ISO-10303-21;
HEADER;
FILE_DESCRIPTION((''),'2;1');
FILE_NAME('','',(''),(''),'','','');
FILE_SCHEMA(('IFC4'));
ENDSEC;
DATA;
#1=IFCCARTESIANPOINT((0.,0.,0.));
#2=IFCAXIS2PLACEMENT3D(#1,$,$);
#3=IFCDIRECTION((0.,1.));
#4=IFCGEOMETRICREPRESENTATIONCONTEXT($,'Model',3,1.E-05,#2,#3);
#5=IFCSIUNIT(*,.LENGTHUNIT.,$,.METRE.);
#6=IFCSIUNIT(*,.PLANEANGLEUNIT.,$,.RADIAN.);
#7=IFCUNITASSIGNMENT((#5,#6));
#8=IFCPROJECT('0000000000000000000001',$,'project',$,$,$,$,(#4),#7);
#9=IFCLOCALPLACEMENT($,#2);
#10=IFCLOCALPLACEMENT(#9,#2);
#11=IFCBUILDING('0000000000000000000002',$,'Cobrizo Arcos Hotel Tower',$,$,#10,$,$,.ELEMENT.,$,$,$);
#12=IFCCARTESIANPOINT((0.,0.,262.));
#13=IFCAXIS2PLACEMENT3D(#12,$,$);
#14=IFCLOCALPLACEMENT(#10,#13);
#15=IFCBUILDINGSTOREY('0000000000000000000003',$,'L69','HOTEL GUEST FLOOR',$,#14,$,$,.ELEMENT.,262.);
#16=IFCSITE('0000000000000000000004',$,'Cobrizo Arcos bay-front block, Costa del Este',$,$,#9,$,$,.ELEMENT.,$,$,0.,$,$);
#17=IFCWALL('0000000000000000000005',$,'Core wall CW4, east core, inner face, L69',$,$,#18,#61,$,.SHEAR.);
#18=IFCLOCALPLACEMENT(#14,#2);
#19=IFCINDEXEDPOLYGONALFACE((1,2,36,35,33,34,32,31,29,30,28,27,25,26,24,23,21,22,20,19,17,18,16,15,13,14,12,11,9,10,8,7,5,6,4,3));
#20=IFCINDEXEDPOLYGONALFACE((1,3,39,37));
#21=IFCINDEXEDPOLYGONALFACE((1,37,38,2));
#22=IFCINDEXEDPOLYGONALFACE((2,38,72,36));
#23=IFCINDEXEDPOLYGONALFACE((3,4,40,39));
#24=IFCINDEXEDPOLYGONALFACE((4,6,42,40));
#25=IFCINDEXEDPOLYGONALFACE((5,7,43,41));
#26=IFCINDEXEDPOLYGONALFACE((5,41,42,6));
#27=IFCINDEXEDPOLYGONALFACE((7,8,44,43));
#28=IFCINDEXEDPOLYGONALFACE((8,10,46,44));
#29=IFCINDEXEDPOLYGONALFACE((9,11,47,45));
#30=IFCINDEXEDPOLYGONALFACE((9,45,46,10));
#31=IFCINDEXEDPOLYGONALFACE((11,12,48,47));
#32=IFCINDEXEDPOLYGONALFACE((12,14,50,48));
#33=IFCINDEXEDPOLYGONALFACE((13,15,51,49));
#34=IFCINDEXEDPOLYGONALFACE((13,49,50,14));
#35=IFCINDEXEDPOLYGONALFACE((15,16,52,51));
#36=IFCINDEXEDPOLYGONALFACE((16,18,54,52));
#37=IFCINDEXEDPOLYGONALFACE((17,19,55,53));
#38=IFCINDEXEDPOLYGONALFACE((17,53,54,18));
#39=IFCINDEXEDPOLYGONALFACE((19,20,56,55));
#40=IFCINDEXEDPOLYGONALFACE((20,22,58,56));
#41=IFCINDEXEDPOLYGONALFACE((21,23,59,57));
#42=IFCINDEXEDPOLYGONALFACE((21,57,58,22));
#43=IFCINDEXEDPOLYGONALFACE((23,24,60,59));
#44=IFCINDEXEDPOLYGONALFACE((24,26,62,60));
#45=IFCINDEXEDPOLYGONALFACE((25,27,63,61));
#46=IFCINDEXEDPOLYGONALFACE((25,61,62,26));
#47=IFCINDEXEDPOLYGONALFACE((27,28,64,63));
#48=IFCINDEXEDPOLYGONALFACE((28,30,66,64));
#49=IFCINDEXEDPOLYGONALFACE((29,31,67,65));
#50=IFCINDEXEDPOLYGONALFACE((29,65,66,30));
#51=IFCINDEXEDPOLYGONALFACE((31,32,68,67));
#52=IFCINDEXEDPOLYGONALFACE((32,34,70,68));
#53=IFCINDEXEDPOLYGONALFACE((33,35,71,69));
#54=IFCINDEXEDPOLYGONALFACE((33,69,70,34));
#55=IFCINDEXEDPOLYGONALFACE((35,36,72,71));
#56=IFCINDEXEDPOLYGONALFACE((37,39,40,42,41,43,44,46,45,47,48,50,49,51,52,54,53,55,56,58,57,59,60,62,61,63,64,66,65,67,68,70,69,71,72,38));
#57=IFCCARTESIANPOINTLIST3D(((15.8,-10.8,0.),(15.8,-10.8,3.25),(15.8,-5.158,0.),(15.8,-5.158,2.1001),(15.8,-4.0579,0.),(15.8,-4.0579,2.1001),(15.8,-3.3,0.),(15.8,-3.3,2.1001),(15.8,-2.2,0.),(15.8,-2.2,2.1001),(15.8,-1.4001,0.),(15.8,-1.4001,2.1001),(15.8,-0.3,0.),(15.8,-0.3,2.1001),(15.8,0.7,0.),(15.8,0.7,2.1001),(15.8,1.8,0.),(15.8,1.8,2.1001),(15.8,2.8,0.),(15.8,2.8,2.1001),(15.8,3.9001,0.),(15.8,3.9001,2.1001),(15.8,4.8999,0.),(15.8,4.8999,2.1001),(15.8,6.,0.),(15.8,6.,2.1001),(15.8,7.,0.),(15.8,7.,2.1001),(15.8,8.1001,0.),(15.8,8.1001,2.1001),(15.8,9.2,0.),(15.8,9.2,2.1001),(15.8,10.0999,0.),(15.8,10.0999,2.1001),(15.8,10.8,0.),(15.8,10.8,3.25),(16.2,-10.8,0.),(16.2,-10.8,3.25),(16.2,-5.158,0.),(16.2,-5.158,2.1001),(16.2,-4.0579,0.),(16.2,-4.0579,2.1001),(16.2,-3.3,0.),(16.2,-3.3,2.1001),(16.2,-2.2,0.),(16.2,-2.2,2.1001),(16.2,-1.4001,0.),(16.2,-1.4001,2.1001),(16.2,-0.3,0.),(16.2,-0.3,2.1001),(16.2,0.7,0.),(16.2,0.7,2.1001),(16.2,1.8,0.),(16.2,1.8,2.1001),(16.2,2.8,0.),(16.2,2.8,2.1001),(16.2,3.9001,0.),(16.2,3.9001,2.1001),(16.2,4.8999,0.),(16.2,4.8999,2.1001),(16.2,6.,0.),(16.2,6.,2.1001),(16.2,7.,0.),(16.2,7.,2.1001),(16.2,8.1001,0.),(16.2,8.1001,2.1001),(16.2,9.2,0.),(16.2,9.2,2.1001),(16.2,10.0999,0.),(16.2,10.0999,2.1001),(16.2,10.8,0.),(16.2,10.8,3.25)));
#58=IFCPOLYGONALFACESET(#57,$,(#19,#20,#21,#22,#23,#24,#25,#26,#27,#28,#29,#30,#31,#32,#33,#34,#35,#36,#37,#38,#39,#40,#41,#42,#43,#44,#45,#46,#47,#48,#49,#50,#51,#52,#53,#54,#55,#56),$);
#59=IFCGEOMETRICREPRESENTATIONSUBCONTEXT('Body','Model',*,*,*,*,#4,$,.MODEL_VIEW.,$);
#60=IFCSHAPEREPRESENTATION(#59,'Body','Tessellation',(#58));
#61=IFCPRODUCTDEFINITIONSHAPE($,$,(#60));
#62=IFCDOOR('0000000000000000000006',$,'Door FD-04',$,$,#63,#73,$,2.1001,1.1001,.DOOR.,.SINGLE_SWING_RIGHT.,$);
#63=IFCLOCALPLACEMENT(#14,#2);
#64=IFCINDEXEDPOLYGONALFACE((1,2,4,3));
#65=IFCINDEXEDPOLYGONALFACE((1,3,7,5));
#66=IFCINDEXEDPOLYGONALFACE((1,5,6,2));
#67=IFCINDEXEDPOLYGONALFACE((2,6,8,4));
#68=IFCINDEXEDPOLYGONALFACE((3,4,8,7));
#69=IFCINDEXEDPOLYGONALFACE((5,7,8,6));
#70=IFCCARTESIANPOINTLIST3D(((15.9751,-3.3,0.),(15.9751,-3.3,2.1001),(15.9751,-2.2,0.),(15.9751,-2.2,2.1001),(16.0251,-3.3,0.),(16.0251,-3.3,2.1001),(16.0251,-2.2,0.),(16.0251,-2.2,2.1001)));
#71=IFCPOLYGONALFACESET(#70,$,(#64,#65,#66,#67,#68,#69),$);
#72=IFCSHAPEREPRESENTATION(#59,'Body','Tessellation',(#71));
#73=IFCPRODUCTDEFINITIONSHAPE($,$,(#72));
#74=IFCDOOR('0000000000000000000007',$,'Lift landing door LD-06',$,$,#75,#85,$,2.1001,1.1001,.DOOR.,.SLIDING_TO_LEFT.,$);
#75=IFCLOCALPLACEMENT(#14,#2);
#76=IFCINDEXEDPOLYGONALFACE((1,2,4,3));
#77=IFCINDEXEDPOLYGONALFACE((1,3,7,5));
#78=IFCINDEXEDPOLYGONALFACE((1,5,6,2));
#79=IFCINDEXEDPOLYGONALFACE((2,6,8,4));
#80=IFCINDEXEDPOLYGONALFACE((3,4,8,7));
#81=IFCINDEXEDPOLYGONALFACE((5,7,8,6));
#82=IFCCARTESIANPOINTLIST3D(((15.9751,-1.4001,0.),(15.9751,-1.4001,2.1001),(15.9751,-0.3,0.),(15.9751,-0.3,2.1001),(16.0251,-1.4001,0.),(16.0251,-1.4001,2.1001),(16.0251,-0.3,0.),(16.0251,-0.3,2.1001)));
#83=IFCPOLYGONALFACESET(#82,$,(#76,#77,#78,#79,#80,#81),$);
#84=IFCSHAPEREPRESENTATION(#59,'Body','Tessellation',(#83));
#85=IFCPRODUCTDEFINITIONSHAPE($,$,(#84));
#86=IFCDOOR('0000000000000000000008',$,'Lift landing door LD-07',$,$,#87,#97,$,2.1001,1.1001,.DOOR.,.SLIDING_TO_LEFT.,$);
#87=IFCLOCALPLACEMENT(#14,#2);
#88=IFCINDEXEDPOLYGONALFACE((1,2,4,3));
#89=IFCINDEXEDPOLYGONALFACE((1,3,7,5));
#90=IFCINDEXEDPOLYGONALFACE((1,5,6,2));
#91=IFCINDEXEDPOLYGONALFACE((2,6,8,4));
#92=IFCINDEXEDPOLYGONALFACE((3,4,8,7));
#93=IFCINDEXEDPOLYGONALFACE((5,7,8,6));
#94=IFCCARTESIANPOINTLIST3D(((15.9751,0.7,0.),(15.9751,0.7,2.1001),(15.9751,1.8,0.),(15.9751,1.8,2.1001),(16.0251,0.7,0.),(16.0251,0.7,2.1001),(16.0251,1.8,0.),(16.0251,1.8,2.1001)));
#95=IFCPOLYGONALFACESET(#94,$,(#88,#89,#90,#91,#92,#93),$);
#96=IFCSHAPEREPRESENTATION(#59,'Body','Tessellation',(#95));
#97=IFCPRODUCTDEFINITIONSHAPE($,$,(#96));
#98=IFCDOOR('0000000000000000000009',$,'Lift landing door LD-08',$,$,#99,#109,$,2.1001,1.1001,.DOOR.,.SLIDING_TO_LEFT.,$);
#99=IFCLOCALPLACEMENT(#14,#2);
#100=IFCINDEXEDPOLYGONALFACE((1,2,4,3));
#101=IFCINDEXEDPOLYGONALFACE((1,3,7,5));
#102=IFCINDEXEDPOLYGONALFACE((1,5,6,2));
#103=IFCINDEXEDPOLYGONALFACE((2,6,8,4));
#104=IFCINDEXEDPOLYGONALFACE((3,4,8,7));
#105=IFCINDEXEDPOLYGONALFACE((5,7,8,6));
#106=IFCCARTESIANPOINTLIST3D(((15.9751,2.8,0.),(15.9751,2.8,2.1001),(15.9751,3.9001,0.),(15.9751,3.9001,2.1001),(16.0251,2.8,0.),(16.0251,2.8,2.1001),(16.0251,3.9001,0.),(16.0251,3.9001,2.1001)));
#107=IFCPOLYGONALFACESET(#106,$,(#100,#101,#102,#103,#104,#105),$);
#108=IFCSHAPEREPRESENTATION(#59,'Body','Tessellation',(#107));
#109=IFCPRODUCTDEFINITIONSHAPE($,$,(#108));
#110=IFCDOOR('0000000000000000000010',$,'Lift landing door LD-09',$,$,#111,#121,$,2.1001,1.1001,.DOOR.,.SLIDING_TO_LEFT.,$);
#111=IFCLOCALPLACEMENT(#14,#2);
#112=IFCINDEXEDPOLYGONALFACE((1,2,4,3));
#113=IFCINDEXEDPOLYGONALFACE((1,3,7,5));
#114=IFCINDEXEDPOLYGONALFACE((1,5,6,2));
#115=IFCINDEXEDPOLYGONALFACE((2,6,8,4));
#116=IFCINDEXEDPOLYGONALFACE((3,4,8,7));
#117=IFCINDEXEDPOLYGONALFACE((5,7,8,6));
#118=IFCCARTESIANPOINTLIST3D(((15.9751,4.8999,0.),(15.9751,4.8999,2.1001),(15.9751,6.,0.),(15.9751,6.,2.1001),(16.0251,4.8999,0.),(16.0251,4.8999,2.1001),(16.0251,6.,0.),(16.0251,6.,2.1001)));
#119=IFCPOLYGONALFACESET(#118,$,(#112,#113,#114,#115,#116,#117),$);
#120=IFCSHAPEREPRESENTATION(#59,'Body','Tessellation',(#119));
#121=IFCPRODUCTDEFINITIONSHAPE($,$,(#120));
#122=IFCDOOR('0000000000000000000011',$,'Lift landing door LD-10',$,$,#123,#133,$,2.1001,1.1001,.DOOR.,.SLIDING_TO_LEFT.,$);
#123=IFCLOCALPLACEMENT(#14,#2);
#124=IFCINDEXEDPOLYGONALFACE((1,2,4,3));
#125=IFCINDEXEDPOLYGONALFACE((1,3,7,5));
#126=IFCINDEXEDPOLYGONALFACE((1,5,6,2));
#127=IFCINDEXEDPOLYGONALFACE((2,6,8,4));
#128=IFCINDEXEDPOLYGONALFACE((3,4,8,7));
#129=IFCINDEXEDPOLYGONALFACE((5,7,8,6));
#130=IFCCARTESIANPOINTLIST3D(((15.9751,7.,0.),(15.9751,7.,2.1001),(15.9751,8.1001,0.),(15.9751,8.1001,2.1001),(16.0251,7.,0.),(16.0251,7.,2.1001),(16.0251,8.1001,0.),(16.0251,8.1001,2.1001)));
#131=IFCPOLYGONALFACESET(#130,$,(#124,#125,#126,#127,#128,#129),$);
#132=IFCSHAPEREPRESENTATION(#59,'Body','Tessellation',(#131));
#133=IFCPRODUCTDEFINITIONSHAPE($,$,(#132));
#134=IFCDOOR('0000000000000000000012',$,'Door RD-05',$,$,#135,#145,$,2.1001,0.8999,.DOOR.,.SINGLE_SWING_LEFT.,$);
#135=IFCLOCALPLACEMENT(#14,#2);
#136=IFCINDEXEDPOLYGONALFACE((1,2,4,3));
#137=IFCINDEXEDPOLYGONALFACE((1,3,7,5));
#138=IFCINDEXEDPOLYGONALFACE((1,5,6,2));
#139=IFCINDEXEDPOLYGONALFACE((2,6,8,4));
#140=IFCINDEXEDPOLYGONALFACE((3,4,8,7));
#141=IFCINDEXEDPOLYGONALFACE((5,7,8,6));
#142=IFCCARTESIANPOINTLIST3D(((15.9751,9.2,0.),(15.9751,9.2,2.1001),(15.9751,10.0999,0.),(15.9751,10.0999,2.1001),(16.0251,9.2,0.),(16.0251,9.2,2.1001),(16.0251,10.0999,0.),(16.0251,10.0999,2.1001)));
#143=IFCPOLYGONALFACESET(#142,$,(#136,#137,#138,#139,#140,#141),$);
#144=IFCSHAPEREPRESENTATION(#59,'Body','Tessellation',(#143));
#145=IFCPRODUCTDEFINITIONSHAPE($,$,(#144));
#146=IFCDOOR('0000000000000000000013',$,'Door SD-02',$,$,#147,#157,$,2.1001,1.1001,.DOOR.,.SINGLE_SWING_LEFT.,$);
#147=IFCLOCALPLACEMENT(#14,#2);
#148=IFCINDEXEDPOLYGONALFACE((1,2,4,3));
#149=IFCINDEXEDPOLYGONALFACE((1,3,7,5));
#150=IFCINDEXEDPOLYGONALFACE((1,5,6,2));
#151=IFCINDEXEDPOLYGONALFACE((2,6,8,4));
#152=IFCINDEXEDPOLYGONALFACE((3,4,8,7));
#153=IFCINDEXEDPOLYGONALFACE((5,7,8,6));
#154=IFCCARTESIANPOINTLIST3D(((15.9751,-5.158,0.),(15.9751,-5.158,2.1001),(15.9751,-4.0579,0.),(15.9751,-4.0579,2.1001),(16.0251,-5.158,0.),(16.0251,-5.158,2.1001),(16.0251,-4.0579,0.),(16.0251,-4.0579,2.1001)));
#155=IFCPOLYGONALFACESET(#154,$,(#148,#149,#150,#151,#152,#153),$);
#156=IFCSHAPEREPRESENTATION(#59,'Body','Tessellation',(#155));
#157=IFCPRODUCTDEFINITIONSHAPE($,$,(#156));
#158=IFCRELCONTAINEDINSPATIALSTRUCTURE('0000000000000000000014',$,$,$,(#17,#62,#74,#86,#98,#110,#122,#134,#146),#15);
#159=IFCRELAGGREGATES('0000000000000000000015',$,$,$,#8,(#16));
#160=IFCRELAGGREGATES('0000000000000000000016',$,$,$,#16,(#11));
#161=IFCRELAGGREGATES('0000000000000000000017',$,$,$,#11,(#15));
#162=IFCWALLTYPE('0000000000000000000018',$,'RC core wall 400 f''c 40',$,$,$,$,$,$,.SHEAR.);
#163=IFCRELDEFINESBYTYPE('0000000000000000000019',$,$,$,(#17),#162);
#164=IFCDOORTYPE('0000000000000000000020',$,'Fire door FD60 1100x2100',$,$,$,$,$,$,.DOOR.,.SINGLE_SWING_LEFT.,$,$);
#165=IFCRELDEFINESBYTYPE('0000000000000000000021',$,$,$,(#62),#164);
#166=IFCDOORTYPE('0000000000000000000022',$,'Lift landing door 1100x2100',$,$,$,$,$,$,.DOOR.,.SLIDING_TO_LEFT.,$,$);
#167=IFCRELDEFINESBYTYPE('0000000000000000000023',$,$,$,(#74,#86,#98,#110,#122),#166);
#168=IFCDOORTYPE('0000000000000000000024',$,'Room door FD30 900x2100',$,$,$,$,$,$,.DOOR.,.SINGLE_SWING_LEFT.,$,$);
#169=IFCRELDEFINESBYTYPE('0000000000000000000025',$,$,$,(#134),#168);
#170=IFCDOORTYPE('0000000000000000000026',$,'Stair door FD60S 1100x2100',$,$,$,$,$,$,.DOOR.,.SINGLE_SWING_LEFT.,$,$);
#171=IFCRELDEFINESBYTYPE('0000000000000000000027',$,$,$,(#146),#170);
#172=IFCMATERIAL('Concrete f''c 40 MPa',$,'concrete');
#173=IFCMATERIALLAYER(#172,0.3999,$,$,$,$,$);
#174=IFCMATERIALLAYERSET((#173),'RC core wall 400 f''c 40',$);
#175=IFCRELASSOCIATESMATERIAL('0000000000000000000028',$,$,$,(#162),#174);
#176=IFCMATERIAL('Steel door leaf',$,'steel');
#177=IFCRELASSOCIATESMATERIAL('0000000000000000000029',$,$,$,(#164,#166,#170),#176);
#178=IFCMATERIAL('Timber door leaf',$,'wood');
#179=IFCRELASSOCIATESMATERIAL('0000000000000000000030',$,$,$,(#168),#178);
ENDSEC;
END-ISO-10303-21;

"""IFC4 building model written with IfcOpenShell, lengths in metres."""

from ifc_helpers import new_model, si_unit, direction, frame, frame_2d, origin, place, context, subcontext, project, spatial, rectangle, extrude, material, layer, layer_set, type_object, element, fill, save


model = new_model("IFC4")

# Units and contexts
model_context = context("Model", 3, precision=1e-05, world=origin(), true_north=direction((0.0, 1.0)))
body_context = subcontext(model_context, "Body", "Model", "MODEL_VIEW")
ifc_project = project(units=[si_unit("LENGTHUNIT", "METRE"), si_unit("PLANEANGLEUNIT", "RADIAN")], contexts=[model_context])

# Site, building, storey
site_placement = place(None, origin())
site = spatial("IfcSite", under=ifc_project, at=site_placement, Name="Cobrizo Arcos bay-front block, Costa del Este", CompositionType="ELEMENT", RefElevation=0.0)
building_placement = place(site_placement, origin())
building = spatial("IfcBuilding", under=site, at=building_placement, Name="Cobrizo Arcos Hotel Tower", CompositionType="ELEMENT")
storey_placement = place(building_placement, frame((0.0, 0.0, 262.0)))
storey = spatial("IfcBuildingStorey", under=building, at=storey_placement, Name="L69", Description="HOTEL GUEST FLOOR", CompositionType="ELEMENT", Elevation=262.0)

# Wall, openings, doors
ifc_material_1 = material(Name="Concrete f'c 40 MPa", Category="concrete")
ifc_layer_1 = layer(ifc_material_1, 0.3999)
ifc_layer_set_1 = layer_set([ifc_layer_1], Name="RC core wall 400 f'c 40")
wall_type_1 = type_object("IfcWallType", Name="RC core wall 400 f'c 40", PredefinedType="SHEAR", material=ifc_layer_set_1)
wall_1_placement = place(storey_placement, frame((16.0, -10.8, 0.0), z_axis=(0.0, 0.0, 1.0), x_axis=(0.0, 1.0, 0.0)))
wall_1 = element("IfcWall", 1, at=wall_1_placement, inside=storey, type_object=wall_type_1, Name="Core wall CW4, east core, inner face, L69", PredefinedType="SHEAR", context=body_context, shape_type="SweptSolid", body=[
    extrude(rectangle(XDim=21.6001, YDim=0.3999, at=frame_2d((10.8, 0.0))), origin(), (0.0, 0.0, 1.0), 3.25),
])
opening_1_placement = place(wall_1_placement, frame((9.3999, 0.0, 0.0)))
opening_1 = element("IfcOpeningElement", 2, at=opening_1_placement, cuts=wall_1, PredefinedType="OPENING", context=body_context, shape_type="SweptSolid", body=[
    extrude(rectangle(XDim=1.1001, YDim=2.1001, at=frame_2d((0.55, 1.05))), frame((0.0, 0.2119, 0.0), z_axis=(0.0, -1.0, 0.0), x_axis=(1.0, 0.0, 0.0)), (0.0, 0.0, 1.0), 0.4238),
])
opening_2_placement = place(wall_1_placement, frame((11.5, 0.0, 0.0)))
opening_2 = element("IfcOpeningElement", 3, at=opening_2_placement, cuts=wall_1, PredefinedType="OPENING", context=body_context, shape_type="SweptSolid", body=[
    extrude(rectangle(XDim=1.1001, YDim=2.1001, at=frame_2d((0.55, 1.05))), frame((0.0, 0.2119, 0.0), z_axis=(0.0, -1.0, 0.0), x_axis=(1.0, 0.0, 0.0)), (0.0, 0.0, 1.0), 0.4238),
])
opening_3_placement = place(wall_1_placement, frame((13.6001, 0.0, 0.0)))
opening_3 = element("IfcOpeningElement", 4, at=opening_3_placement, cuts=wall_1, PredefinedType="OPENING", context=body_context, shape_type="SweptSolid", body=[
    extrude(rectangle(XDim=1.1001, YDim=2.1001, at=frame_2d((0.55, 1.05))), frame((0.0, 0.2119, 0.0), z_axis=(0.0, -1.0, 0.0), x_axis=(1.0, 0.0, 0.0)), (0.0, 0.0, 1.0), 0.4238),
])
opening_4_placement = place(wall_1_placement, frame((15.7, 0.0, 0.0)))
opening_4 = element("IfcOpeningElement", 5, at=opening_4_placement, cuts=wall_1, PredefinedType="OPENING", context=body_context, shape_type="SweptSolid", body=[
    extrude(rectangle(XDim=1.1001, YDim=2.1001, at=frame_2d((0.55, 1.05))), frame((0.0, 0.2119, 0.0), z_axis=(0.0, -1.0, 0.0), x_axis=(1.0, 0.0, 0.0)), (0.0, 0.0, 1.0), 0.4238),
])
opening_5_placement = place(wall_1_placement, frame((17.8, 0.0, 0.0)))
opening_5 = element("IfcOpeningElement", 6, at=opening_5_placement, cuts=wall_1, PredefinedType="OPENING", context=body_context, shape_type="SweptSolid", body=[
    extrude(rectangle(XDim=1.1001, YDim=2.1001, at=frame_2d((0.55, 1.05))), frame((0.0, 0.2119, 0.0), z_axis=(0.0, -1.0, 0.0), x_axis=(1.0, 0.0, 0.0)), (0.0, 0.0, 1.0), 0.4238),
])
opening_6_placement = place(wall_1_placement, frame((5.6421, 0.0, 0.0)))
opening_6 = element("IfcOpeningElement", 7, at=opening_6_placement, cuts=wall_1, PredefinedType="OPENING", context=body_context, shape_type="SweptSolid", body=[
    extrude(rectangle(XDim=1.1001, YDim=2.1001, at=frame_2d((0.55, 1.05))), frame((0.0, 0.2119, 0.0), z_axis=(0.0, -1.0, 0.0), x_axis=(1.0, 0.0, 0.0)), (0.0, 0.0, 1.0), 0.4238),
])
opening_7_placement = place(wall_1_placement, frame((7.5, 0.0, 0.0)))
opening_7 = element("IfcOpeningElement", 8, at=opening_7_placement, cuts=wall_1, PredefinedType="OPENING", context=body_context, shape_type="SweptSolid", body=[
    extrude(rectangle(XDim=1.1001, YDim=2.1001, at=frame_2d((0.55, 1.05))), frame((0.0, 0.2119, 0.0), z_axis=(0.0, -1.0, 0.0), x_axis=(1.0, 0.0, 0.0)), (0.0, 0.0, 1.0), 0.4238),
])
opening_8_placement = place(wall_1_placement, frame((20.0, 0.0, 0.0)))
opening_8 = element("IfcOpeningElement", 9, at=opening_8_placement, cuts=wall_1, PredefinedType="OPENING", context=body_context, shape_type="SweptSolid", body=[
    extrude(rectangle(XDim=0.8999, YDim=2.1001, at=frame_2d((0.45, 1.05))), frame((0.0, 0.2119, 0.0), z_axis=(0.0, -1.0, 0.0), x_axis=(1.0, 0.0, 0.0)), (0.0, 0.0, 1.0), 0.4238),
])
ifc_material_2 = material(Name="Steel door leaf", Category="steel")
door_type_1 = type_object("IfcDoorType", Name="Fire door FD60 1100x2100", OperationType="SINGLE_SWING_LEFT", PredefinedType="DOOR", material=ifc_material_2)
door_1_placement = place(opening_7_placement, origin())
door_1 = element("IfcDoor", 10, at=door_1_placement, inside=storey, type_object=door_type_1, Name="Door FD-04", OperationType="SINGLE_SWING_RIGHT", OverallHeight=2.1001, OverallWidth=1.1001, PredefinedType="DOOR", context=body_context, shape_type="SweptSolid", body=[
    extrude(rectangle(XDim=1.1001, YDim=2.1001, at=frame_2d((0.55, 1.05))), frame((0.0, 0.0249, 0.0), z_axis=(0.0, -1.0, 0.0), x_axis=(1.0, 0.0, 0.0)), (0.0, 0.0, 1.0), 0.05),
])
fill(opening_7, door_1)
door_type_2 = type_object("IfcDoorType", Name="Lift landing door 1100x2100", OperationType="SLIDING_TO_LEFT", PredefinedType="DOOR", material=ifc_material_2)
door_2_placement = place(opening_1_placement, origin())
door_2 = element("IfcDoor", 11, at=door_2_placement, inside=storey, type_object=door_type_2, Name="Lift landing door LD-06", OperationType="SLIDING_TO_LEFT", OverallHeight=2.1001, OverallWidth=1.1001, PredefinedType="DOOR", context=body_context, shape_type="SweptSolid", body=[
    extrude(rectangle(XDim=1.1001, YDim=2.1001, at=frame_2d((0.55, 1.05))), frame((0.0, 0.0249, 0.0), z_axis=(0.0, -1.0, 0.0), x_axis=(1.0, 0.0, 0.0)), (0.0, 0.0, 1.0), 0.05),
])
fill(opening_1, door_2)
door_3_placement = place(opening_2_placement, origin())
door_3 = element("IfcDoor", 12, at=door_3_placement, inside=storey, type_object=door_type_2, Name="Lift landing door LD-07", OperationType="SLIDING_TO_LEFT", OverallHeight=2.1001, OverallWidth=1.1001, PredefinedType="DOOR", context=body_context, shape_type="SweptSolid", body=[
    extrude(rectangle(XDim=1.1001, YDim=2.1001, at=frame_2d((0.55, 1.05))), frame((0.0, 0.0249, 0.0), z_axis=(0.0, -1.0, 0.0), x_axis=(1.0, 0.0, 0.0)), (0.0, 0.0, 1.0), 0.05),
])
fill(opening_2, door_3)
door_4_placement = place(opening_3_placement, origin())
door_4 = element("IfcDoor", 13, at=door_4_placement, inside=storey, type_object=door_type_2, Name="Lift landing door LD-08", OperationType="SLIDING_TO_LEFT", OverallHeight=2.1001, OverallWidth=1.1001, PredefinedType="DOOR", context=body_context, shape_type="SweptSolid", body=[
    extrude(rectangle(XDim=1.1001, YDim=2.1001, at=frame_2d((0.55, 1.05))), frame((0.0, 0.0249, 0.0), z_axis=(0.0, -1.0, 0.0), x_axis=(1.0, 0.0, 0.0)), (0.0, 0.0, 1.0), 0.05),
])
fill(opening_3, door_4)
door_5_placement = place(opening_4_placement, origin())
door_5 = element("IfcDoor", 14, at=door_5_placement, inside=storey, type_object=door_type_2, Name="Lift landing door LD-09", OperationType="SLIDING_TO_LEFT", OverallHeight=2.1001, OverallWidth=1.1001, PredefinedType="DOOR", context=body_context, shape_type="SweptSolid", body=[
    extrude(rectangle(XDim=1.1001, YDim=2.1001, at=frame_2d((0.55, 1.05))), frame((0.0, 0.0249, 0.0), z_axis=(0.0, -1.0, 0.0), x_axis=(1.0, 0.0, 0.0)), (0.0, 0.0, 1.0), 0.05),
])
fill(opening_4, door_5)
door_6_placement = place(opening_5_placement, origin())
door_6 = element("IfcDoor", 15, at=door_6_placement, inside=storey, type_object=door_type_2, Name="Lift landing door LD-10", OperationType="SLIDING_TO_LEFT", OverallHeight=2.1001, OverallWidth=1.1001, PredefinedType="DOOR", context=body_context, shape_type="SweptSolid", body=[
    extrude(rectangle(XDim=1.1001, YDim=2.1001, at=frame_2d((0.55, 1.05))), frame((0.0, 0.0249, 0.0), z_axis=(0.0, -1.0, 0.0), x_axis=(1.0, 0.0, 0.0)), (0.0, 0.0, 1.0), 0.05),
])
fill(opening_5, door_6)
ifc_material_3 = material(Name="Timber door leaf", Category="wood")
door_type_3 = type_object("IfcDoorType", Name="Room door FD30 900x2100", OperationType="SINGLE_SWING_LEFT", PredefinedType="DOOR", material=ifc_material_3)
door_7_placement = place(opening_8_placement, origin())
door_7 = element("IfcDoor", 16, at=door_7_placement, inside=storey, type_object=door_type_3, Name="Door RD-05", OperationType="SINGLE_SWING_LEFT", OverallHeight=2.1001, OverallWidth=0.8999, PredefinedType="DOOR", context=body_context, shape_type="SweptSolid", body=[
    extrude(rectangle(XDim=0.8999, YDim=2.1001, at=frame_2d((0.45, 1.05))), frame((0.0, 0.0249, 0.0), z_axis=(0.0, -1.0, 0.0), x_axis=(1.0, 0.0, 0.0)), (0.0, 0.0, 1.0), 0.05),
])
fill(opening_8, door_7)
door_type_4 = type_object("IfcDoorType", Name="Stair door FD60S 1100x2100", OperationType="SINGLE_SWING_LEFT", PredefinedType="DOOR", material=ifc_material_2)
door_8_placement = place(opening_6_placement, origin())
door_8 = element("IfcDoor", 17, at=door_8_placement, inside=storey, type_object=door_type_4, Name="Door SD-02", OperationType="SINGLE_SWING_LEFT", OverallHeight=2.1001, OverallWidth=1.1001, PredefinedType="DOOR", context=body_context, shape_type="SweptSolid", body=[
    extrude(rectangle(XDim=1.1001, YDim=2.1001, at=frame_2d((0.55, 1.05))), frame((0.0, 0.0249, 0.0), z_axis=(0.0, -1.0, 0.0), x_axis=(1.0, 0.0, 0.0)), (0.0, 0.0, 1.0), 0.05),
])
fill(opening_6, door_8)

save(model, "model.ifc")
